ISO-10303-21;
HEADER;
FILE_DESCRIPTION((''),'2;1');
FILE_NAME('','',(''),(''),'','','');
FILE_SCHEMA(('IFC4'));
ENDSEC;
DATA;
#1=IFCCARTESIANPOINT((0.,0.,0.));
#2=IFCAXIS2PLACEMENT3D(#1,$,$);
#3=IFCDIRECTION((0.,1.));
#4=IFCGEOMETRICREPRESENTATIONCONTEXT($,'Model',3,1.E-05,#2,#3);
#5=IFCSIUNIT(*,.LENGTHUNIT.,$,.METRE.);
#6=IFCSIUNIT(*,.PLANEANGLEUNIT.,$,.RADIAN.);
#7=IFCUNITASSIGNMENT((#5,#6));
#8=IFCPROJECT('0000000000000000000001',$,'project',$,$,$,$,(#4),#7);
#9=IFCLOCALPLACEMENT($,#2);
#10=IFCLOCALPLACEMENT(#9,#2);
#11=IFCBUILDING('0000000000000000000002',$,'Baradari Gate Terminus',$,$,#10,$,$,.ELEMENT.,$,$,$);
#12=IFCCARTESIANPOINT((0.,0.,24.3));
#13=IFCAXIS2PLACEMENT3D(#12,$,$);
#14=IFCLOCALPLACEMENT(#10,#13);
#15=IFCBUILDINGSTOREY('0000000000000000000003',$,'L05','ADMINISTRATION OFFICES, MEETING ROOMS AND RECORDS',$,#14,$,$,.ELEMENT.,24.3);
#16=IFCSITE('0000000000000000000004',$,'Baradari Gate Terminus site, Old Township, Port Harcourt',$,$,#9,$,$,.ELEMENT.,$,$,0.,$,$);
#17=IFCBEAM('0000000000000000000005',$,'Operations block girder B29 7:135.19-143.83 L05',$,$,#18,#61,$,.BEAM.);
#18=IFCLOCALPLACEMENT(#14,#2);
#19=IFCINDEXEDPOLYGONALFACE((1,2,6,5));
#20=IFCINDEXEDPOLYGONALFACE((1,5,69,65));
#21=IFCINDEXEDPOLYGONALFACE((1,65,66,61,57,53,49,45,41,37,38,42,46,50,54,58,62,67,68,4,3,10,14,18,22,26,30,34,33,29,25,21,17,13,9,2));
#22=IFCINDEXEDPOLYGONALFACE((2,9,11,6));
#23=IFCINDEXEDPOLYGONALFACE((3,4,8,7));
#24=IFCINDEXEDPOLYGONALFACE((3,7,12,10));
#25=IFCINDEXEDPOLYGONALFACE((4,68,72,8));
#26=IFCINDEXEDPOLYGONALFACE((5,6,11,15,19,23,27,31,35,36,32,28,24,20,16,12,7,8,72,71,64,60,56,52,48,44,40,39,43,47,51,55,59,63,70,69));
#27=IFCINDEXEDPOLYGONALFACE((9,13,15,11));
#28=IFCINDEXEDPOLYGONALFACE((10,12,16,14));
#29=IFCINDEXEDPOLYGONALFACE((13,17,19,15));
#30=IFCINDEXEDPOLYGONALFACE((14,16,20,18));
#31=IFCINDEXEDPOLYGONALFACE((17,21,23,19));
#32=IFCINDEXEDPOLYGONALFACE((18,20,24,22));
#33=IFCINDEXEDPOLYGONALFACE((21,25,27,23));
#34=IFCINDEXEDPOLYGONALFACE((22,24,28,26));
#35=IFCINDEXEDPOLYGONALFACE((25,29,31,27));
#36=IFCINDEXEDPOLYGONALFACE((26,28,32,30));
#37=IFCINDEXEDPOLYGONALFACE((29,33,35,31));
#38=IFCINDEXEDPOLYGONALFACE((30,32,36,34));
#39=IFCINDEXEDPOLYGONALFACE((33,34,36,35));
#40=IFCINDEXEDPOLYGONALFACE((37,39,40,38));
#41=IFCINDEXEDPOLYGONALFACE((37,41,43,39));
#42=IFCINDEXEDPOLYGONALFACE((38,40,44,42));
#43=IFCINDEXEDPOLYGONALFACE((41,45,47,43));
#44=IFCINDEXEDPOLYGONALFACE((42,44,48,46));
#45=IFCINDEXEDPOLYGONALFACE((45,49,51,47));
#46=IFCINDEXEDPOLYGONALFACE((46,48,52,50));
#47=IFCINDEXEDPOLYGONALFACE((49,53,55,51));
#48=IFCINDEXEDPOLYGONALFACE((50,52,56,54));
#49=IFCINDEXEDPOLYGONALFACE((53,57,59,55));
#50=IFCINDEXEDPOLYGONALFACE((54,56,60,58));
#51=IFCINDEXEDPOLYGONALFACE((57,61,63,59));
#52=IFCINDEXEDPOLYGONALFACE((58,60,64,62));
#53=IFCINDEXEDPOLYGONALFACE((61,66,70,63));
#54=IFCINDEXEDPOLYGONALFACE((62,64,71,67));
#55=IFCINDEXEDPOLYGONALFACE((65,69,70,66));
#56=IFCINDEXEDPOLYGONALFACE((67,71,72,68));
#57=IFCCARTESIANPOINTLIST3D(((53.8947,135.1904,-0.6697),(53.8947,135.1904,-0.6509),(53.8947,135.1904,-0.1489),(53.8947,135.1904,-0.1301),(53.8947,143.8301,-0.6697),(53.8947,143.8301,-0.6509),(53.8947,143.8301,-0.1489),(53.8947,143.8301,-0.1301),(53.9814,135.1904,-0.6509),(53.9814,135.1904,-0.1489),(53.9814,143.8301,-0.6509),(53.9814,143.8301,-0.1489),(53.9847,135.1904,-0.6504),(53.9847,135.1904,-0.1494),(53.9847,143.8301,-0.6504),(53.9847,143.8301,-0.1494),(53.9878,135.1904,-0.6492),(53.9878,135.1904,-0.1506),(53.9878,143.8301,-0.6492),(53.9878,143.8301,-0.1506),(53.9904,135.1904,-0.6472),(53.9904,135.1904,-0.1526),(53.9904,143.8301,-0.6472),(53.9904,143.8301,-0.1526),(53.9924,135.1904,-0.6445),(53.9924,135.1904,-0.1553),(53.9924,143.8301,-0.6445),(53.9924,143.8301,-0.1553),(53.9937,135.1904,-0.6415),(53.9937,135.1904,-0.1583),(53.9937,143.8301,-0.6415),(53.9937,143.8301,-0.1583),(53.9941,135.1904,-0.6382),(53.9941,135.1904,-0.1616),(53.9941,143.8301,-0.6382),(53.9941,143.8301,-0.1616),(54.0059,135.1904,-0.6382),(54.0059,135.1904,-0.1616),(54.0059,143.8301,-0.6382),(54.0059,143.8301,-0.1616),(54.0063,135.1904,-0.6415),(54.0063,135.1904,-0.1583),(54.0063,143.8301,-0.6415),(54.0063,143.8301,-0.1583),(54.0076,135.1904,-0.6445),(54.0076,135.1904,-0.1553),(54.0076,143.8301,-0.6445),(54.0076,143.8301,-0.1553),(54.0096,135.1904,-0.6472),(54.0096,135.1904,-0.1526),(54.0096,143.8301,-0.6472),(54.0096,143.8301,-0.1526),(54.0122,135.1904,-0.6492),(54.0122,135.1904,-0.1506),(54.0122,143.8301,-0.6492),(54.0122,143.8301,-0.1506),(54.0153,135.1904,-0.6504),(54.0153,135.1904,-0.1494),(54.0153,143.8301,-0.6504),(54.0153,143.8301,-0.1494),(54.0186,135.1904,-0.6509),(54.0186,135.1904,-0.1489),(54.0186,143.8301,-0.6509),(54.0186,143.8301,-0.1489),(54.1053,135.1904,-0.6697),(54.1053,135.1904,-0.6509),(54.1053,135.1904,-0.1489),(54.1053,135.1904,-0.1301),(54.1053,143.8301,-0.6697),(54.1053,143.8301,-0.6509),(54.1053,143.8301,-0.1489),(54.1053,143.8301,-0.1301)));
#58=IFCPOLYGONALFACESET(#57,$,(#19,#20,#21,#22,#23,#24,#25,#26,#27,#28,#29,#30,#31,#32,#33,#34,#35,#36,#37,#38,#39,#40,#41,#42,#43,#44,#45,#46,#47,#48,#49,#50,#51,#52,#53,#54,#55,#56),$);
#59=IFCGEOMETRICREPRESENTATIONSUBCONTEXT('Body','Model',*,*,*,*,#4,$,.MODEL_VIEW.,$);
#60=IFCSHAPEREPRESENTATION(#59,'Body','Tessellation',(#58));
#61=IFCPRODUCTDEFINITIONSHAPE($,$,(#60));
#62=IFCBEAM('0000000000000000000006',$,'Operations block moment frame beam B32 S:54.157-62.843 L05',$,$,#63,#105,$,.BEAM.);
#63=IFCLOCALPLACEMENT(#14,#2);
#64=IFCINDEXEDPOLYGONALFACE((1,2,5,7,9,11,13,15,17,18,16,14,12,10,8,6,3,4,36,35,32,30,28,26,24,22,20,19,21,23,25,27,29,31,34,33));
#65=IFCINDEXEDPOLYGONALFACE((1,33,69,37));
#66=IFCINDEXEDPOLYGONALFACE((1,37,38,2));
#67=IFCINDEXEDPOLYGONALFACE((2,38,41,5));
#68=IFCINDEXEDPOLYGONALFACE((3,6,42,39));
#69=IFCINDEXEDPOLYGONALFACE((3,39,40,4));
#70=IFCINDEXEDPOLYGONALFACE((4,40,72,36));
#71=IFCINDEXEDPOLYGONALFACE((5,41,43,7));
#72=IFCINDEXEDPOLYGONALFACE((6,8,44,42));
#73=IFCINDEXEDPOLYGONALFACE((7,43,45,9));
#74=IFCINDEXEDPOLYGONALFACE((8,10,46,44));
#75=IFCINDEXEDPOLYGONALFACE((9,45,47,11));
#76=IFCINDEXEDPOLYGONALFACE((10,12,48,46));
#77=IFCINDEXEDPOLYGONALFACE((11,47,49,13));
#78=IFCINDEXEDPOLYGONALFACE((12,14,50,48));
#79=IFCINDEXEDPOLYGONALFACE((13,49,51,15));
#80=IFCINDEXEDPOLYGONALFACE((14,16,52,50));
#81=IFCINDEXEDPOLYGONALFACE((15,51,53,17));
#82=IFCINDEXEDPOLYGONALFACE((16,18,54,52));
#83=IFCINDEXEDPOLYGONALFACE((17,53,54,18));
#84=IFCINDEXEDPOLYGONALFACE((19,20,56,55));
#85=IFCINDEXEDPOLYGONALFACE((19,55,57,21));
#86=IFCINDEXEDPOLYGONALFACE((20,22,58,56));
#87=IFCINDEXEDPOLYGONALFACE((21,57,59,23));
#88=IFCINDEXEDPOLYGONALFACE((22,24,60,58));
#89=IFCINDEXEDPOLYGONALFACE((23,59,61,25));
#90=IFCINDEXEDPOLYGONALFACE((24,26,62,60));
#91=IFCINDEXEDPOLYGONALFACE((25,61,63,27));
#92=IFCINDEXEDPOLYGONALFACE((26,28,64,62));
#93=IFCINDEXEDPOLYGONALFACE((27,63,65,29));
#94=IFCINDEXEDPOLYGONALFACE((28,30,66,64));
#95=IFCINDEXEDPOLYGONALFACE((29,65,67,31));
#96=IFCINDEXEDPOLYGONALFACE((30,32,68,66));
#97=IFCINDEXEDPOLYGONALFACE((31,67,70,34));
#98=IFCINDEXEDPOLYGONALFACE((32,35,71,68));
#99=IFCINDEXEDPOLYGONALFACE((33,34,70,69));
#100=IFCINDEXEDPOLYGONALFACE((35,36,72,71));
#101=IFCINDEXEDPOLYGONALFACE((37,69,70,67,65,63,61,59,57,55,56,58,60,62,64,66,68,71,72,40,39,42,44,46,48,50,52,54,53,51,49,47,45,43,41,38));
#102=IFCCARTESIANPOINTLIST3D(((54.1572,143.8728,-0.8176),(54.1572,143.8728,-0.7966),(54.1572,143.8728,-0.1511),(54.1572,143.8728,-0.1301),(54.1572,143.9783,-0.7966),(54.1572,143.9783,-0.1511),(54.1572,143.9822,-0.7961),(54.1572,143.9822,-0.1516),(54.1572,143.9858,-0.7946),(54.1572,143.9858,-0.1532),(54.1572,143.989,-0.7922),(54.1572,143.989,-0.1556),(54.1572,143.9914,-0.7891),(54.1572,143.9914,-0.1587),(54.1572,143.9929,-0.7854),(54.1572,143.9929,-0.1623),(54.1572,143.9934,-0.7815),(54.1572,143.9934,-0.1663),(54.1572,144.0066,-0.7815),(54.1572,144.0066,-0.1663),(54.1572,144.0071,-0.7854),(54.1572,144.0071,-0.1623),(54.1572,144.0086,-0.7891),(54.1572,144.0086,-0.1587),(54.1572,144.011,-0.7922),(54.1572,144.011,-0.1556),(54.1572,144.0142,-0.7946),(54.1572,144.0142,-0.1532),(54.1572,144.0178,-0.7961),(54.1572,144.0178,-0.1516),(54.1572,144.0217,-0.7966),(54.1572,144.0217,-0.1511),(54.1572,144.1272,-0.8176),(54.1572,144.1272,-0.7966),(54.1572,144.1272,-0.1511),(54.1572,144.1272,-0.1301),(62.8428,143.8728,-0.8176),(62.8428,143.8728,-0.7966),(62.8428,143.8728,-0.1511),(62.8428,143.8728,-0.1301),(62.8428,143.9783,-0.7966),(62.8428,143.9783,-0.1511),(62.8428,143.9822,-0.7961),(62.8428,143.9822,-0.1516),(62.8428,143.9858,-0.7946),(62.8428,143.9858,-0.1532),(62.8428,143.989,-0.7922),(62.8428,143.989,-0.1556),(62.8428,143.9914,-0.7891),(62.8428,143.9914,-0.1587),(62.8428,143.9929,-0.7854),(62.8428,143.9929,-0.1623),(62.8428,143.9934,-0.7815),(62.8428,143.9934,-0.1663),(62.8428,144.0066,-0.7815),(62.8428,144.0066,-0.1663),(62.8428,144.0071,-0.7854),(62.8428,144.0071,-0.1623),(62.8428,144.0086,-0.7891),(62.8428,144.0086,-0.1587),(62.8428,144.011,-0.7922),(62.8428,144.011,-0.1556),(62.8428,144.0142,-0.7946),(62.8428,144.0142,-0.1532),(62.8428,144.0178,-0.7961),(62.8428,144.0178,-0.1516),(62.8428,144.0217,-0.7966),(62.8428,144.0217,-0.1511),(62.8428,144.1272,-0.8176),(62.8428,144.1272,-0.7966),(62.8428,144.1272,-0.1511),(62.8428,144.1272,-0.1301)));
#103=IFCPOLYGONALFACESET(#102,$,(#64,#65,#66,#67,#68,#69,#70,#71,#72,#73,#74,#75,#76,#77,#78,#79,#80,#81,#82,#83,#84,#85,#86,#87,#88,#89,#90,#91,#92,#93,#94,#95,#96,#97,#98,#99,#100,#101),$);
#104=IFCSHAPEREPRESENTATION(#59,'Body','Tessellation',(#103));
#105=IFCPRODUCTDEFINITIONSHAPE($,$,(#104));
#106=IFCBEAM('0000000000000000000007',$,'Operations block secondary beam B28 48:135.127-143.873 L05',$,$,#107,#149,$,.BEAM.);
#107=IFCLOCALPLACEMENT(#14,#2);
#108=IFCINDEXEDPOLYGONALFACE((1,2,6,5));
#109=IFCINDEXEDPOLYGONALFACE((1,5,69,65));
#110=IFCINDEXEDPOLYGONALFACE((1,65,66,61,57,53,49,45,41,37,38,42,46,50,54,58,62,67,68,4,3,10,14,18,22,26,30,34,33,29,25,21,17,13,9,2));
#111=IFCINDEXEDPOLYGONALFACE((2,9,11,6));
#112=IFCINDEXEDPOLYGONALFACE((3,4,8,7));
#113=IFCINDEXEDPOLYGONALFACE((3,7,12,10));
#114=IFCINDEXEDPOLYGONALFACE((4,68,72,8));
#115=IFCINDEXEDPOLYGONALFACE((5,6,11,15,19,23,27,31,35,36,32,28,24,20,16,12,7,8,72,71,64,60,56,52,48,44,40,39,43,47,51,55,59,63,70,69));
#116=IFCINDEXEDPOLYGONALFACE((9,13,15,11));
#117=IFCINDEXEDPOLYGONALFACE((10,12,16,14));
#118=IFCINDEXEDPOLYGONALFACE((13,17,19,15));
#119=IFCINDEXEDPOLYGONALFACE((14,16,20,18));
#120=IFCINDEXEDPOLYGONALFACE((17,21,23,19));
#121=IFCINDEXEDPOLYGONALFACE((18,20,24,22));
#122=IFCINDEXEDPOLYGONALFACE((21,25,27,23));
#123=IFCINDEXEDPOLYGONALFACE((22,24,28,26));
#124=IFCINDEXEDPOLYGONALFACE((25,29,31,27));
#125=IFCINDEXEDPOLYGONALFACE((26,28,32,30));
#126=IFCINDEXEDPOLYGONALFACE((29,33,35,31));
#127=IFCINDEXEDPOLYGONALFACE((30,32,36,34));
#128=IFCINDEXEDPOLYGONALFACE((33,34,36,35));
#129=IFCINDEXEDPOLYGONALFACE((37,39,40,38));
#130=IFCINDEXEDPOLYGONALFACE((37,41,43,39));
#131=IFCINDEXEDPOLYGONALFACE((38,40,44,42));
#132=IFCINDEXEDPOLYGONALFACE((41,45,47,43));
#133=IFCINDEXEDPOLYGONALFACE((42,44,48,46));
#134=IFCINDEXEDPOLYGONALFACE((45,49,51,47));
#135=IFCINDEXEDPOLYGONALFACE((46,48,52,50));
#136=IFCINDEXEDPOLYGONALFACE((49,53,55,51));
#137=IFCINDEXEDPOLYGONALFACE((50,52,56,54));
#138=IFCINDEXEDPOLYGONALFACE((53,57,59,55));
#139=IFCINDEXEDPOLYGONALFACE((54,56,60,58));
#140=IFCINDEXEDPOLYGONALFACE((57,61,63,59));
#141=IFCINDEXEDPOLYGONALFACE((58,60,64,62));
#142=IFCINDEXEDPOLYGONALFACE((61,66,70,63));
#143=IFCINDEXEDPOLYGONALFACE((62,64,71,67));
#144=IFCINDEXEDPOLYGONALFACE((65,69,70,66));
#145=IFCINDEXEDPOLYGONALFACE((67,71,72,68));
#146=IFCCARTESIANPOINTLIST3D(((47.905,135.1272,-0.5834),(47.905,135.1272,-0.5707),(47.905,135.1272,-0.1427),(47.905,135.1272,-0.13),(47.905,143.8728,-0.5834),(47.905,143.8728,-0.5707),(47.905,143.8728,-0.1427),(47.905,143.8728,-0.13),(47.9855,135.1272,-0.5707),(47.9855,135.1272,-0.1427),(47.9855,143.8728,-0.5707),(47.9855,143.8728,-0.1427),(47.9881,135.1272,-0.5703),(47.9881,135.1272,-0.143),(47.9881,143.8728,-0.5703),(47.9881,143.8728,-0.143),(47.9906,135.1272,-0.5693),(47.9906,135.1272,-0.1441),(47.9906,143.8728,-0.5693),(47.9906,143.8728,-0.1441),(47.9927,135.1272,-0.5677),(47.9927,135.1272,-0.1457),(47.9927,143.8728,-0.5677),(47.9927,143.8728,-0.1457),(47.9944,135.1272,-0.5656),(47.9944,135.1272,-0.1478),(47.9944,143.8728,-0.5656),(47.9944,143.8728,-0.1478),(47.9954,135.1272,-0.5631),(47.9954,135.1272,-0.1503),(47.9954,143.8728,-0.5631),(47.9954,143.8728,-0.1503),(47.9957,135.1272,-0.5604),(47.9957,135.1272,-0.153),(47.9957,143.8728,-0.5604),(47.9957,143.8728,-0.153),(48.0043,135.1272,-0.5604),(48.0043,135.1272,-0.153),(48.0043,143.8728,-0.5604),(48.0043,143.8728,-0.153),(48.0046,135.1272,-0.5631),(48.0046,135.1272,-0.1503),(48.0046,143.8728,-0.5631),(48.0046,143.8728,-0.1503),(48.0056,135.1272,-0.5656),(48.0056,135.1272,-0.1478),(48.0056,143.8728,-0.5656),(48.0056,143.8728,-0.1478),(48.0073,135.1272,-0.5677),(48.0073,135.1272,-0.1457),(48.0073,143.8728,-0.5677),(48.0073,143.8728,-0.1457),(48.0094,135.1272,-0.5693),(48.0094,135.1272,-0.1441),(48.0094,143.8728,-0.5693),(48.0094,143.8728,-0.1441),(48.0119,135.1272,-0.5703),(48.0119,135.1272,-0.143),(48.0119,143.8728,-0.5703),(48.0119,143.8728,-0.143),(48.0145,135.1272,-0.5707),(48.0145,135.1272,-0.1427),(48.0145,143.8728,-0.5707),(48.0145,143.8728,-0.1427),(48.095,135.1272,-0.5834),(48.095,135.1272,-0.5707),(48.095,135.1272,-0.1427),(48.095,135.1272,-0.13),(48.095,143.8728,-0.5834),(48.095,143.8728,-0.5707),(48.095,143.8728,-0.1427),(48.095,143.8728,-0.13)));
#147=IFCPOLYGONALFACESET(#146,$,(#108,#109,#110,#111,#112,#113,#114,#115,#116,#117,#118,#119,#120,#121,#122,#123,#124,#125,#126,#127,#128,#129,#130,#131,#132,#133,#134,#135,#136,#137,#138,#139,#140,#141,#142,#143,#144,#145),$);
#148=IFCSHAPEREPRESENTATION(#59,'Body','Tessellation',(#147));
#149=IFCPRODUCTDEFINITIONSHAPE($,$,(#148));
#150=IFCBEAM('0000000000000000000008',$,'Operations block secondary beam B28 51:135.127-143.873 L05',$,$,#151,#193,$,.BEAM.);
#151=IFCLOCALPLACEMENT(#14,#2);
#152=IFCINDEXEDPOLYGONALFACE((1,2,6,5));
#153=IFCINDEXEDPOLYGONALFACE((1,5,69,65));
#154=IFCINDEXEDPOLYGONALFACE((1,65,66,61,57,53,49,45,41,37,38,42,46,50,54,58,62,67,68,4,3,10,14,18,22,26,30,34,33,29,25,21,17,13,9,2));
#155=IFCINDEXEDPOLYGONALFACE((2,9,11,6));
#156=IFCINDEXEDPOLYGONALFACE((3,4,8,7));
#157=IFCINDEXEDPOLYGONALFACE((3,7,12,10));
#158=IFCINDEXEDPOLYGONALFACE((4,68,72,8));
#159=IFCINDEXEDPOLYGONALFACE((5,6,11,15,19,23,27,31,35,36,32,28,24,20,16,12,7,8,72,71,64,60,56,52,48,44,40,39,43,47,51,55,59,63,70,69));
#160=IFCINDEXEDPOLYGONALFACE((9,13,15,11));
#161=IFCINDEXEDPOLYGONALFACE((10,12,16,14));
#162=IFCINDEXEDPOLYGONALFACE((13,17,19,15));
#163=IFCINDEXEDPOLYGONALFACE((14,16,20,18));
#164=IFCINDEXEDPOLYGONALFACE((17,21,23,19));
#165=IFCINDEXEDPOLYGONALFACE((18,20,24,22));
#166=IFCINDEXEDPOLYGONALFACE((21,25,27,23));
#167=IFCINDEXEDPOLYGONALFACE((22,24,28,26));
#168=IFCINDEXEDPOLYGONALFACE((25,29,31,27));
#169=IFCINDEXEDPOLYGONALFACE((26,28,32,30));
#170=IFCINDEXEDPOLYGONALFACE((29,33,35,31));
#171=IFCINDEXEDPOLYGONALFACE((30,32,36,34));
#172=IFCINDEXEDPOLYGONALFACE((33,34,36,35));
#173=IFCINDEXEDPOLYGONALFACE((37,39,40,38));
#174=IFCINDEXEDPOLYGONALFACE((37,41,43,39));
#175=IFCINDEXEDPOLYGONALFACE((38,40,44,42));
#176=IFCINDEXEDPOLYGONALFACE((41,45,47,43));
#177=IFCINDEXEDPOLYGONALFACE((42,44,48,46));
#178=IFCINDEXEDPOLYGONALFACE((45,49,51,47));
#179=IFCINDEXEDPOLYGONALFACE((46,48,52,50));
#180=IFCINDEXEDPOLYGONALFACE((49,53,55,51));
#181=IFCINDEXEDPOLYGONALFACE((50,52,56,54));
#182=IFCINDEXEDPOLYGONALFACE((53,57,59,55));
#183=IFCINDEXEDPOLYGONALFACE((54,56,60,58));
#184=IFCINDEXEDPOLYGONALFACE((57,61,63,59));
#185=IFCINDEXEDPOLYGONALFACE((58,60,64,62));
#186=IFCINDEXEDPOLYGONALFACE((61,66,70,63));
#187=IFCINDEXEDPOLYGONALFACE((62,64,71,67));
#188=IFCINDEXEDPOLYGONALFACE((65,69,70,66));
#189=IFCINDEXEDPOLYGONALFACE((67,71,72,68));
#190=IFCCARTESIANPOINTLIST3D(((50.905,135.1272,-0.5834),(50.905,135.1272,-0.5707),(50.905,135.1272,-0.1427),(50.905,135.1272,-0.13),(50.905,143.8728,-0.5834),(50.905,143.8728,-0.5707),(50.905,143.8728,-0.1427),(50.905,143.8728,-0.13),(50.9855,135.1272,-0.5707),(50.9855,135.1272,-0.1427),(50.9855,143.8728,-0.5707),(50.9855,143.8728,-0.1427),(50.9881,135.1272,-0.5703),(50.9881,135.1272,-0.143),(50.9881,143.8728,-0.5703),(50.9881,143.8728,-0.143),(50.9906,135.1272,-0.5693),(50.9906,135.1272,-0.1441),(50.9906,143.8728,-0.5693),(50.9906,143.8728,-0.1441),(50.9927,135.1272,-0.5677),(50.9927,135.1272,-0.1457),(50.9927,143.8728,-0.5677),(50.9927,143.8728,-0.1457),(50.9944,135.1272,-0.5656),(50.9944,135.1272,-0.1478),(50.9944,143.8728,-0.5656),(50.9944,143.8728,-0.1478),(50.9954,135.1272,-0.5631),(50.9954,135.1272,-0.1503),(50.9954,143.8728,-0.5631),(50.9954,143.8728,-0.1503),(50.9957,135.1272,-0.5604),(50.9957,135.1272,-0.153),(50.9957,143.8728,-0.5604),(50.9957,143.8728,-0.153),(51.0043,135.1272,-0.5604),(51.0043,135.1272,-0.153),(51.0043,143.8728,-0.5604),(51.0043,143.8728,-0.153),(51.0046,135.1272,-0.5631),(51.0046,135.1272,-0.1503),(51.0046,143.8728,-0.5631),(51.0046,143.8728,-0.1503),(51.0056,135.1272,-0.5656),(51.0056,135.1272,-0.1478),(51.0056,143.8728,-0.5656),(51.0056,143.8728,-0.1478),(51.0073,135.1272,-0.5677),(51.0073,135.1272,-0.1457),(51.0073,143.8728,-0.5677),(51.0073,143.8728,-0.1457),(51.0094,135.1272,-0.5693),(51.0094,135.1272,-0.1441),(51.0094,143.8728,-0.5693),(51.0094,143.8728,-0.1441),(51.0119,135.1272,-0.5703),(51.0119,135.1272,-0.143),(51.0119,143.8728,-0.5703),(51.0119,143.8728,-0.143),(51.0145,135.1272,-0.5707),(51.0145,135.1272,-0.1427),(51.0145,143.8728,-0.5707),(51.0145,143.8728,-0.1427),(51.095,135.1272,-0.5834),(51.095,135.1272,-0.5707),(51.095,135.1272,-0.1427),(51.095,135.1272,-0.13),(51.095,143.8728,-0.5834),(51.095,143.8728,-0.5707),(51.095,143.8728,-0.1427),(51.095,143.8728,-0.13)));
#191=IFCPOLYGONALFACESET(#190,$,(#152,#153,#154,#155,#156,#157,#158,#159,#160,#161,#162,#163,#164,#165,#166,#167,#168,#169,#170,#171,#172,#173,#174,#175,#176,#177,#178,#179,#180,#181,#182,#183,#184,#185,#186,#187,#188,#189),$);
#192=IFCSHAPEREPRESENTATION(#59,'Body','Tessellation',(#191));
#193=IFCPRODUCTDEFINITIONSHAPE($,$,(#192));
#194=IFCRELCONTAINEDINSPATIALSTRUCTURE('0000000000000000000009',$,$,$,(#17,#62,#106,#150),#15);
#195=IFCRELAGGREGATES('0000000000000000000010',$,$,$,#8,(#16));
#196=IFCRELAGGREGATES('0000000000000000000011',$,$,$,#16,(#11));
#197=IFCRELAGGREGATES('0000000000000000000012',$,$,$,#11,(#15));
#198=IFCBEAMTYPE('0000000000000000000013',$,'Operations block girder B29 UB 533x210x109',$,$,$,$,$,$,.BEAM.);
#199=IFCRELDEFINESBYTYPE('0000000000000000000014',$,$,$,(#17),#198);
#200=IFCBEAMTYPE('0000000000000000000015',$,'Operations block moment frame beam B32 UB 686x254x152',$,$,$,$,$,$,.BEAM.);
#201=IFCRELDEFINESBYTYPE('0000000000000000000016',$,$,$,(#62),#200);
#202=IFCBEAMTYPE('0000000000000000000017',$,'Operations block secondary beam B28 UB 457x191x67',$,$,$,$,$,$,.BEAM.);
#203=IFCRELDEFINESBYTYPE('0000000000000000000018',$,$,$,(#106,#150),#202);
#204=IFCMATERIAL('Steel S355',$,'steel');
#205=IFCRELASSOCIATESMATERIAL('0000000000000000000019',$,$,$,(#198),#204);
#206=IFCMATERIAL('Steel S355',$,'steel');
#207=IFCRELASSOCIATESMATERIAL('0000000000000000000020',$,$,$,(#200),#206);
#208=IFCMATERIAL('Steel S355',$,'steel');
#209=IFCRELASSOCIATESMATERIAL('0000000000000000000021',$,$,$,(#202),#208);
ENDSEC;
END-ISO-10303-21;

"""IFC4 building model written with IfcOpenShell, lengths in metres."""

from ifc_helpers import new_model, si_unit, direction, frame, origin, origin_2d, place, context, subcontext, project, spatial, i_section, extrude, material, material_profile, profile_set, type_object, element, save


model = new_model("IFC4")

# Units and contexts
model_context = context("Model", 3, precision=1e-05, world=origin(), true_north=direction((0.0, 1.0)))
body_context = subcontext(model_context, "Body", "Model", "MODEL_VIEW")
ifc_project = project(units=[si_unit("LENGTHUNIT", "METRE"), si_unit("PLANEANGLEUNIT", "RADIAN")], contexts=[model_context])

# Site, building, storey
site_placement = place(None, origin())
site = spatial("IfcSite", under=ifc_project, at=site_placement, Name="Baradari Gate Terminus site, Old Township, Port Harcourt", CompositionType="ELEMENT", RefElevation=0.0)
building_placement = place(site_placement, origin())
building = spatial("IfcBuilding", under=site, at=building_placement, Name="Baradari Gate Terminus", CompositionType="ELEMENT")
storey_placement = place(building_placement, frame((0.0, 0.0, 24.3)))
storey = spatial("IfcBuildingStorey", under=building, at=storey_placement, Name="L05", Description="ADMINISTRATION OFFICES, MEETING ROOMS AND RECORDS", CompositionType="ELEMENT", Elevation=24.3)

# Beams
ifc_material_1 = material(Name="Steel S355", Category="steel")
ifc_material_profile_1 = material_profile(ifc_material_1, i_section(OverallWidth=0.2107, OverallDepth=0.5396, WebThickness=0.0117, FlangeThickness=0.0188, FilletRadius=0.0127, at=origin_2d()), Name="UB 533x210x109")
ifc_profile_set_1 = profile_set([ifc_material_profile_1], Name="Steel S355")
beam_type_1 = type_object("IfcBeamType", Name="Operations block girder B29 UB 533x210x109", PredefinedType="BEAM", material=ifc_profile_set_1)
beam_1_placement = place(storey_placement, frame((54.0, 135.1904, -0.3999), z_axis=(0.0, 1.0, 0.0), x_axis=(-1.0, 0.0, 0.0)))
element("IfcBeam", 1, at=beam_1_placement, inside=storey, type_object=beam_type_1, Name="Operations block girder B29 7:135.19-143.83 L05", PredefinedType="BEAM", context=body_context, shape_type="SweptSolid", body=[
    extrude(i_section(OverallWidth=0.2107, OverallDepth=0.5396, WebThickness=0.0117, FlangeThickness=0.0188, FilletRadius=0.0127, at=origin_2d()), origin(), (0.0, 0.0, 1.0), 8.6396),
])
ifc_material_2 = material(Name="Steel S355", Category="steel")
ifc_material_profile_2 = material_profile(ifc_material_2, i_section(OverallWidth=0.2544, OverallDepth=0.6875, WebThickness=0.0132, FlangeThickness=0.021, FilletRadius=0.0151, at=origin_2d()), Name="UB 686x254x152")
ifc_profile_set_2 = profile_set([ifc_material_profile_2], Name="Steel S355")
beam_type_2 = type_object("IfcBeamType", Name="Operations block moment frame beam B32 UB 686x254x152", PredefinedType="BEAM", material=ifc_profile_set_2)
beam_2_placement = place(storey_placement, frame((54.1572, 144.0, -0.4739), z_axis=(1.0, 0.0, 0.0), x_axis=(0.0, 1.0, 0.0)))
element("IfcBeam", 2, at=beam_2_placement, inside=storey, type_object=beam_type_2, Name="Operations block moment frame beam B32 S:54.157-62.843 L05", PredefinedType="BEAM", context=body_context, shape_type="SweptSolid", body=[
    extrude(i_section(OverallWidth=0.2544, OverallDepth=0.6875, WebThickness=0.0132, FlangeThickness=0.021, FilletRadius=0.0151, at=origin_2d()), origin(), (0.0, 0.0, 1.0), 8.6855),
])
ifc_material_3 = material(Name="Steel S355", Category="steel")
ifc_material_profile_3 = material_profile(ifc_material_3, i_section(OverallWidth=0.1899, OverallDepth=0.4534, WebThickness=0.0085, FlangeThickness=0.0127, FilletRadius=0.0103, at=origin_2d()), Name="UB 457x191x67")
ifc_profile_set_3 = profile_set([ifc_material_profile_3], Name="Steel S355")
beam_type_3 = type_object("IfcBeamType", Name="Operations block secondary beam B28 UB 457x191x67", PredefinedType="BEAM", material=ifc_profile_set_3)
for number, where, z_axis, x_axis, name in (
    (3, (48.0, 135.1272, -0.3567), (0.0, 1.0, 0.0), (-1.0, 0.0, 0.0), "Operations block secondary beam B28 48:135.127-143.873 L05"),
    (4, (51.0, 135.1272, -0.3567), (0.0, 1.0, 0.0), (-1.0, 0.0, 0.0), "Operations block secondary beam B28 51:135.127-143.873 L05"),
):
    element("IfcBeam", number, at=place(storey_placement, frame(where, z_axis=z_axis, x_axis=x_axis)), inside=storey, type_object=beam_type_3, Name=name, PredefinedType="BEAM", context=body_context, shape_type="SweptSolid", body=[
        extrude(i_section(OverallWidth=0.1899, OverallDepth=0.4534, WebThickness=0.0085, FlangeThickness=0.0127, FilletRadius=0.0103, at=origin_2d()), origin(), (0.0, 0.0, 1.0), 8.7456),
    ])

save(model, "model.ifc")
